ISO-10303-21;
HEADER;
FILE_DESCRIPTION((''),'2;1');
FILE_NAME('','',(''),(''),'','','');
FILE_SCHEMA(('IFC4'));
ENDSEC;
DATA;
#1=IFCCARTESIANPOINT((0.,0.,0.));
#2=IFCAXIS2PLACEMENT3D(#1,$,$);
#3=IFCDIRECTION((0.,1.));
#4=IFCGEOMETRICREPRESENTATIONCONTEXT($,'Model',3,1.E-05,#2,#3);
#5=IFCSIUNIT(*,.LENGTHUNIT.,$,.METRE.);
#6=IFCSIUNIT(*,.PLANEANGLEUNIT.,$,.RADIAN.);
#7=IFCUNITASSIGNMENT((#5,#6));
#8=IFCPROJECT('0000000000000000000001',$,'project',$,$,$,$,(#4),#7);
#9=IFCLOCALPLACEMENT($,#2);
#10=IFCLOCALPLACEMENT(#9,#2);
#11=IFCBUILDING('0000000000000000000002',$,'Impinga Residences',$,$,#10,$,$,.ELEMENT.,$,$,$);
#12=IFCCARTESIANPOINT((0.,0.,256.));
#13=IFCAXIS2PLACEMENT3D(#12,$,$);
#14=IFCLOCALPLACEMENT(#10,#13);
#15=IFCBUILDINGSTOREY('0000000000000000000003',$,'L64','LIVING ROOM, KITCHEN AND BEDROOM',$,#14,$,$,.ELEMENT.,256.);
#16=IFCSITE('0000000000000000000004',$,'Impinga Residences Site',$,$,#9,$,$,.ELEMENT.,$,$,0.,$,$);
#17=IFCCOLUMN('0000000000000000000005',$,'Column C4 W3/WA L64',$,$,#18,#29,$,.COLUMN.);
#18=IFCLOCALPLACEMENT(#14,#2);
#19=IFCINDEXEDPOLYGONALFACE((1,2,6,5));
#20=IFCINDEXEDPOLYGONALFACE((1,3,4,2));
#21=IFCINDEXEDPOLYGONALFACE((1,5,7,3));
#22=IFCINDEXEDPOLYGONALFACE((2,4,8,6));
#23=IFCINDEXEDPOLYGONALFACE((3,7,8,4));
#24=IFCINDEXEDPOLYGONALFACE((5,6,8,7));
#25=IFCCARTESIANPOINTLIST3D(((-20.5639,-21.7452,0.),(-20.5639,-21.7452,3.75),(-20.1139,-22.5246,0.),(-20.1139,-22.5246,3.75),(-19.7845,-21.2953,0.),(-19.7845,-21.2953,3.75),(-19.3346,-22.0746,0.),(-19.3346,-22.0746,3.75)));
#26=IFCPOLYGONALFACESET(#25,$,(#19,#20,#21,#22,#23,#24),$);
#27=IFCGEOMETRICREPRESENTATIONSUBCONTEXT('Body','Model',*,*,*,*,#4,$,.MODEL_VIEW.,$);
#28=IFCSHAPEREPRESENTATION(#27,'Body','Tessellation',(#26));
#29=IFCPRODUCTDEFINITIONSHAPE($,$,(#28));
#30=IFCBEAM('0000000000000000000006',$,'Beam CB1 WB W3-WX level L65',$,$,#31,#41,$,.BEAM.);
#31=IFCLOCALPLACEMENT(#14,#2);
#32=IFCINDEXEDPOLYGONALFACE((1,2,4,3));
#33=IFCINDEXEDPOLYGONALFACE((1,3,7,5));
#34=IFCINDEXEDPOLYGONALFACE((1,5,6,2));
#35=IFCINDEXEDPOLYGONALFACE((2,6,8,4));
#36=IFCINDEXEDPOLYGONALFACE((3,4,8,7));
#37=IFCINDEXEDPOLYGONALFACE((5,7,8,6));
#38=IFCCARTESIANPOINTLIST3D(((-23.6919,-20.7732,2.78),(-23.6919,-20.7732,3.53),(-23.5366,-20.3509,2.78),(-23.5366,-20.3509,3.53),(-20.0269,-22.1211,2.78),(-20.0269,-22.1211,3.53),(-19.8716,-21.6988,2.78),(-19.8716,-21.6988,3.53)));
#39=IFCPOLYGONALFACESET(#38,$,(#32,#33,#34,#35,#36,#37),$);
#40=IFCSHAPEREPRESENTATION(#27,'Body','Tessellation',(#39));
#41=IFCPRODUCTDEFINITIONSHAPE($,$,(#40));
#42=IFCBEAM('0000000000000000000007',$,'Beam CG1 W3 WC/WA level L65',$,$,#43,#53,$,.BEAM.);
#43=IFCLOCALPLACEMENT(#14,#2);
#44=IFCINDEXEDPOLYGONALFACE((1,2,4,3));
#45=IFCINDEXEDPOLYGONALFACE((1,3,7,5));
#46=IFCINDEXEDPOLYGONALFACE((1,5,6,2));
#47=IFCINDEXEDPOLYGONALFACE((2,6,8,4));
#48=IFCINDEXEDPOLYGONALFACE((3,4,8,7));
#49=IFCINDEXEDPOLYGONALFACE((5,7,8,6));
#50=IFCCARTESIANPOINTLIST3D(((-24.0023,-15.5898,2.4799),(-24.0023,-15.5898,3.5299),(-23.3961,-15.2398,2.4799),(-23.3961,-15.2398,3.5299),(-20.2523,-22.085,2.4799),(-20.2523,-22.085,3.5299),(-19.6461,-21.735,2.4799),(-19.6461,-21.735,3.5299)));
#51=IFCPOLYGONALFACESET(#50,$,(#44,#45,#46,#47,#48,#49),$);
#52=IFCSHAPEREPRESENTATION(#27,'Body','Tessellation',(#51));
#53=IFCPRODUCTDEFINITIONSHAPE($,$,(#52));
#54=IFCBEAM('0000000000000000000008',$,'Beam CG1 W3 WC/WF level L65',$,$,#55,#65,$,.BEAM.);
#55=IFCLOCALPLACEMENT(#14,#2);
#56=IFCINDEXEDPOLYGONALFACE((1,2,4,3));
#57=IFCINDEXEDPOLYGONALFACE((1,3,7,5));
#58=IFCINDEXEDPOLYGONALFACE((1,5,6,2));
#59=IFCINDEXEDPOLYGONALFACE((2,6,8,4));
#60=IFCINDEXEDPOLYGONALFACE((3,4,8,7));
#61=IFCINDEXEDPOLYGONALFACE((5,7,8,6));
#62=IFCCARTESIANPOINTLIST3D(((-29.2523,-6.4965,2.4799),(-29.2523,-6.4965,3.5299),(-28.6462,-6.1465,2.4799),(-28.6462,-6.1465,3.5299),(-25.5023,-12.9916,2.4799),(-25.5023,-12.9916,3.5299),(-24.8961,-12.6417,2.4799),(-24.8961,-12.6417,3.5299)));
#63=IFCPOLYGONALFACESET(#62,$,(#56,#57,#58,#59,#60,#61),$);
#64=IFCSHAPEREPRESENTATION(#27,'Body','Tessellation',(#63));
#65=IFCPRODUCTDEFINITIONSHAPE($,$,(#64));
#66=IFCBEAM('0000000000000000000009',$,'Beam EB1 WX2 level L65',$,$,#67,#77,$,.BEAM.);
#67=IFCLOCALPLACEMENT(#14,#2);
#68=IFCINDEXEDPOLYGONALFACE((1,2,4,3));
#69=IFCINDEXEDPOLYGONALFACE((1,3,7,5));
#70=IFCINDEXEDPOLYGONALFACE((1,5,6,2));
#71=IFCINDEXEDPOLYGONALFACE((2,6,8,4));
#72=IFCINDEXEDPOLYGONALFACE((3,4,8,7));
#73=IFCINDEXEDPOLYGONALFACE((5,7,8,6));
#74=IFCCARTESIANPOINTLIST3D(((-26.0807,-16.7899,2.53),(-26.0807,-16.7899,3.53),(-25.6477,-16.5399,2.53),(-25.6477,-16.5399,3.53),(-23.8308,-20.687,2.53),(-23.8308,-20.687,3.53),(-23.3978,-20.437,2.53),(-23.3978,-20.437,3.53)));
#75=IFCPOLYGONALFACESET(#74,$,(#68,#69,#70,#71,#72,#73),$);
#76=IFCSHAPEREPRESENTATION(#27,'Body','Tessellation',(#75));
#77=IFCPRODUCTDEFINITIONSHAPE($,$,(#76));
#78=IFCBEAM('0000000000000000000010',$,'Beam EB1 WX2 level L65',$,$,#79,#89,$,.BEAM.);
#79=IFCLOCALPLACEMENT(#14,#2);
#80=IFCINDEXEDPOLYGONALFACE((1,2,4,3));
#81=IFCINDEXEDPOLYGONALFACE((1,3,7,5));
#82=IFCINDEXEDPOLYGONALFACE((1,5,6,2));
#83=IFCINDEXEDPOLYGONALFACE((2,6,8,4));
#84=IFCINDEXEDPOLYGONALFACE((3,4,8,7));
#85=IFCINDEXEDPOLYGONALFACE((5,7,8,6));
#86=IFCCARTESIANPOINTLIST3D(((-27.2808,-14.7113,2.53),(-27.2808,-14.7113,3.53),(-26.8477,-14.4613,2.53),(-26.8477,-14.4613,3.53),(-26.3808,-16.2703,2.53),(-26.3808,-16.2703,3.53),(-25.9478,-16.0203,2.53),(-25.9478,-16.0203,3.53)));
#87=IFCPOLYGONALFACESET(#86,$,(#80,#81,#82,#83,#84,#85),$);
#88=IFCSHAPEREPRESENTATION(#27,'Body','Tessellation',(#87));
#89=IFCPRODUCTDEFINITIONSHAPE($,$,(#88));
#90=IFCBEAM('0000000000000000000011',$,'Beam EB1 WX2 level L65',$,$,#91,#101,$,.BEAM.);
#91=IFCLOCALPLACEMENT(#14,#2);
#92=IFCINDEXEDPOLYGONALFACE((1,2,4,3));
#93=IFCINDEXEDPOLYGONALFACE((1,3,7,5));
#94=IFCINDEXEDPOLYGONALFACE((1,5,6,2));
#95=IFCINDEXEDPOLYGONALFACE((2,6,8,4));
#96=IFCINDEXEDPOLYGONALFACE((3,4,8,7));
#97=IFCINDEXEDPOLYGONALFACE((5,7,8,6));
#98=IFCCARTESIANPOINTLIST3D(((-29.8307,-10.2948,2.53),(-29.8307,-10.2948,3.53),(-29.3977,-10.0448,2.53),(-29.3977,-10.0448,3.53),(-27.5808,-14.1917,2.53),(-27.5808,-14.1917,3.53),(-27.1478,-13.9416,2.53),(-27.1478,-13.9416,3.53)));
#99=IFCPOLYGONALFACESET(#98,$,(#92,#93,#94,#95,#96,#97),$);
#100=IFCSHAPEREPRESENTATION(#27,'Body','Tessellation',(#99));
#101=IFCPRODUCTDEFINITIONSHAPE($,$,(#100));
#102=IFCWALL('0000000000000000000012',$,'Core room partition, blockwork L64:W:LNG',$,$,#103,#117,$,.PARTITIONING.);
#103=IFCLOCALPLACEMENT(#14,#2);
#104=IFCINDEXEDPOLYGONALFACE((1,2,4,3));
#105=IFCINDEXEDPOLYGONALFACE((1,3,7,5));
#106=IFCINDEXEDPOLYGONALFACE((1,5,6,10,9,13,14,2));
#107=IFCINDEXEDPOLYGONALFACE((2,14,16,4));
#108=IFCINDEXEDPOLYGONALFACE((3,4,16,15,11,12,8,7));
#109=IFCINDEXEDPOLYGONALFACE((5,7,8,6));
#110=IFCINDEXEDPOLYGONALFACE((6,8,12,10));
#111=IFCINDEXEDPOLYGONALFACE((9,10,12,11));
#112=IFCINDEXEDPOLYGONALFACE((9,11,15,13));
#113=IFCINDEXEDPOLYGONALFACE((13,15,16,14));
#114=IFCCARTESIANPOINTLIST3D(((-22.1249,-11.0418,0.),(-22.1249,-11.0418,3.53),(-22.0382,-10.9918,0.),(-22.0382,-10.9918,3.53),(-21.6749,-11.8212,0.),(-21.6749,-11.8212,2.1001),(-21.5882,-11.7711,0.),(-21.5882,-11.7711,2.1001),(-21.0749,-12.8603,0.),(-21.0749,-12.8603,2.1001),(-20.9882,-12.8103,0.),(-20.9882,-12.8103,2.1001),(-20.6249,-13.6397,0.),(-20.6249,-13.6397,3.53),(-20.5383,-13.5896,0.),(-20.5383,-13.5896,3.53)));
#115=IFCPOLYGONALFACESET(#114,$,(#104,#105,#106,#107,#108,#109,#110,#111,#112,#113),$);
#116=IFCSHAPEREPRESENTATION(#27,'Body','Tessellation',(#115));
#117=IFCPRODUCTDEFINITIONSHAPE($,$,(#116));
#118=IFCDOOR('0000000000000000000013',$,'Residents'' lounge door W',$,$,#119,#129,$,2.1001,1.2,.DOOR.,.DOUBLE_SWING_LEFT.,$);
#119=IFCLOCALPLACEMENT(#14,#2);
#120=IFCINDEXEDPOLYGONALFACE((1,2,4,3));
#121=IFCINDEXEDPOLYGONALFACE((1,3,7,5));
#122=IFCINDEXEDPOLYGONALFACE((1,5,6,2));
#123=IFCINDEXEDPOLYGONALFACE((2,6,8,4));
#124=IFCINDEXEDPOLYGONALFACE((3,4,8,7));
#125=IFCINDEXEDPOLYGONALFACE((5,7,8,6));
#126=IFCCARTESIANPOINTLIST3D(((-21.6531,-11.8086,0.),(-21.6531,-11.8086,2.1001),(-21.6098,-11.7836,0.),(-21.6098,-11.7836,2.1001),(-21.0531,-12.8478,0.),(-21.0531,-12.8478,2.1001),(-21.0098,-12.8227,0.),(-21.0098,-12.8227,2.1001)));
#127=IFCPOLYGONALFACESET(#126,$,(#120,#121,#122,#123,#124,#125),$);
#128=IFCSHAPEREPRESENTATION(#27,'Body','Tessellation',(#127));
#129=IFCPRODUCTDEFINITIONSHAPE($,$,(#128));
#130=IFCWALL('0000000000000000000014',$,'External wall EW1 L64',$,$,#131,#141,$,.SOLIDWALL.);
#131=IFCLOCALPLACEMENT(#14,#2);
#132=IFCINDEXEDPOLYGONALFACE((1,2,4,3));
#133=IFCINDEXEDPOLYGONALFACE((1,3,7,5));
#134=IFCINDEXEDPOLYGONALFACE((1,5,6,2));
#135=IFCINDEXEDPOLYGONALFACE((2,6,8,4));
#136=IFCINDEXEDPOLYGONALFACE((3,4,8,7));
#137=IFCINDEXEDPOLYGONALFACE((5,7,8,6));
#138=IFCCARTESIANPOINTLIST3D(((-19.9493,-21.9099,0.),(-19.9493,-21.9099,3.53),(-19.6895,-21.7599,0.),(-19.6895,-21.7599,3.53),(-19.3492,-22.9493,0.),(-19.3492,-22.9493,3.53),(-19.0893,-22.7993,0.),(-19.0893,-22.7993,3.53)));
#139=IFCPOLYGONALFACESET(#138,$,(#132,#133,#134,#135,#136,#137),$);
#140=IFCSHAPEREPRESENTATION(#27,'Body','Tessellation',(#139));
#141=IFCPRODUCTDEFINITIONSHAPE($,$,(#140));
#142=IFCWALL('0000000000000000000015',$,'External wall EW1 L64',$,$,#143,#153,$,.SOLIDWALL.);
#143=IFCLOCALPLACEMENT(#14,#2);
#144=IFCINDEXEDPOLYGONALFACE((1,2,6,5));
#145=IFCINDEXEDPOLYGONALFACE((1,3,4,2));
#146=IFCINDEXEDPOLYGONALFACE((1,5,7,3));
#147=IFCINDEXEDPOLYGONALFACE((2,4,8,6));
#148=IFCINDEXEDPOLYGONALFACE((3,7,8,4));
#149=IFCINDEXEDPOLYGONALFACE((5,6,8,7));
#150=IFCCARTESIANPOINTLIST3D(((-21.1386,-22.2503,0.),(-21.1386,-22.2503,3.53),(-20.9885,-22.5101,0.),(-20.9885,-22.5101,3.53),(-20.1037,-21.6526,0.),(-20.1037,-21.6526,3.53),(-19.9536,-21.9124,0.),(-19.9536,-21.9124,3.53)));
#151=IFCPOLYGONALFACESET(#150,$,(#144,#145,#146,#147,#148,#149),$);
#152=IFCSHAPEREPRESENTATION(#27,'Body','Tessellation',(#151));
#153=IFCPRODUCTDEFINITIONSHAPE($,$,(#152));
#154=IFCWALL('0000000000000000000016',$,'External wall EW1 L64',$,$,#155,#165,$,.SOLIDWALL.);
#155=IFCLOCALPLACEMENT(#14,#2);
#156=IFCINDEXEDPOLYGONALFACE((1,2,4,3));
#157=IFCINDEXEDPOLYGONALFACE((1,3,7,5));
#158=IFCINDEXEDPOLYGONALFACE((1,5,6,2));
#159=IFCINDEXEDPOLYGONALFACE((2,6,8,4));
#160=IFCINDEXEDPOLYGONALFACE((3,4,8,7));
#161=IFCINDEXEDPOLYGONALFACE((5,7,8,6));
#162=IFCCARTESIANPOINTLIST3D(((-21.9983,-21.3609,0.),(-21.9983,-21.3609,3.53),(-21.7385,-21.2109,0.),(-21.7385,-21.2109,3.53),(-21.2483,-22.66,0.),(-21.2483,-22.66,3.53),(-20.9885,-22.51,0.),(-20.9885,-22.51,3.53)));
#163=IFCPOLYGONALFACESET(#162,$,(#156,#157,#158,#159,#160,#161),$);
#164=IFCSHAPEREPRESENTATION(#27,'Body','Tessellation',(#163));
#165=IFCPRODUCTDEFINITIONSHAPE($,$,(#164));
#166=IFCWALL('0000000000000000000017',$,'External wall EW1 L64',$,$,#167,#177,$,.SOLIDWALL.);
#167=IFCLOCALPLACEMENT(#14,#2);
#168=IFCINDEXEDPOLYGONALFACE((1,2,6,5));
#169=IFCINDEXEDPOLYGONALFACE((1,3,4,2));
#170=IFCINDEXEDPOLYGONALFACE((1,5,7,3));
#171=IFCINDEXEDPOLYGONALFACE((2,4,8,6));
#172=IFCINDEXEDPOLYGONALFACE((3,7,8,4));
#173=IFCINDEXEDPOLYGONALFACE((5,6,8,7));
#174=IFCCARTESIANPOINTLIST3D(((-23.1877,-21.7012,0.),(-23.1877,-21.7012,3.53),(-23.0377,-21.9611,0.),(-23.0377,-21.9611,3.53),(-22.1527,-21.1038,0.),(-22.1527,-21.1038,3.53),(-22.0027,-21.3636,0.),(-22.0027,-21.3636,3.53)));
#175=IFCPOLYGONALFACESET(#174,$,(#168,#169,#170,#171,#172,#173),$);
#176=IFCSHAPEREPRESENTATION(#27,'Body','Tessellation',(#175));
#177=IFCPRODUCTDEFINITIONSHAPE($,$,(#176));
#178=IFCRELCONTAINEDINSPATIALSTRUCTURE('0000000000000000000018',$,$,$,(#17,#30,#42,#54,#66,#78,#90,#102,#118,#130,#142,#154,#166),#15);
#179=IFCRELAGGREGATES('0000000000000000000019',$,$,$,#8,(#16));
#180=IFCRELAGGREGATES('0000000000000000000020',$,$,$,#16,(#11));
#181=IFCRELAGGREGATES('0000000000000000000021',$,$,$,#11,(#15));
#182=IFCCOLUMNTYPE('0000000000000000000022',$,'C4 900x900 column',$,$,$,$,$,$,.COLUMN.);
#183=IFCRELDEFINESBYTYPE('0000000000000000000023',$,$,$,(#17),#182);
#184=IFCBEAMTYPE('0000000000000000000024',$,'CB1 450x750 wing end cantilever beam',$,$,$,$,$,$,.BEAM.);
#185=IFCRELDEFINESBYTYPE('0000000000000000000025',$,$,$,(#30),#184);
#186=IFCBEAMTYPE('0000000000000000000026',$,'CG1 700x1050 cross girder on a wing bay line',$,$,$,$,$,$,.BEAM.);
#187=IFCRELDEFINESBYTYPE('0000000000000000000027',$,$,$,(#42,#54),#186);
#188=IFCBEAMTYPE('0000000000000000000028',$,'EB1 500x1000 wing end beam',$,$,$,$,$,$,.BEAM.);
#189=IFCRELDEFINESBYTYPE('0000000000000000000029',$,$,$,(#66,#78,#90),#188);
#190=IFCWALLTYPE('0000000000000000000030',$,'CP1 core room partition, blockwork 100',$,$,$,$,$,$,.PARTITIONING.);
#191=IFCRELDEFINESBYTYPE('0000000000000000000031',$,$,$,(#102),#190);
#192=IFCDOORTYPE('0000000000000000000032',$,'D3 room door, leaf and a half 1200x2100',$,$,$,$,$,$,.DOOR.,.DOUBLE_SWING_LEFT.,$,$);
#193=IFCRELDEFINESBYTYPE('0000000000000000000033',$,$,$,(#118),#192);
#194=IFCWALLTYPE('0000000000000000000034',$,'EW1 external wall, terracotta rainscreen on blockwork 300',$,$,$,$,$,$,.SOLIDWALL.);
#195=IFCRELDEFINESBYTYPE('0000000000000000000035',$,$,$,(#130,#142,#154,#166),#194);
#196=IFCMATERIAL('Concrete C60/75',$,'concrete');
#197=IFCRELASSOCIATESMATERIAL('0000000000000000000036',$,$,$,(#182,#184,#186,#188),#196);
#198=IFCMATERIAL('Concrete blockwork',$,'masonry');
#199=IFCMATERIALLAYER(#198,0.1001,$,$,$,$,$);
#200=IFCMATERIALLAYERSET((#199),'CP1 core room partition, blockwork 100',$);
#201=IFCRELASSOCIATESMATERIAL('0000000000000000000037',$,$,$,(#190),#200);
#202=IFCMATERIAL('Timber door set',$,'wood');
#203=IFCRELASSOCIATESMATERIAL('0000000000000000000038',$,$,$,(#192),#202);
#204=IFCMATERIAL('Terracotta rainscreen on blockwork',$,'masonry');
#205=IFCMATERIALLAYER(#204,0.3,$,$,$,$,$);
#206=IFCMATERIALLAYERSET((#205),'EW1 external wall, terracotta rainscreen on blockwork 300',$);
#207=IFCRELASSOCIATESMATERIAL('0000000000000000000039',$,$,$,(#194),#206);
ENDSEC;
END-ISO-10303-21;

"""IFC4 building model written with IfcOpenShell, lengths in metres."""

from ifc_helpers import new_model, si_unit, direction, frame, frame_2d, origin, origin_2d, place, context, subcontext, project, spatial, rectangle, extrude, material, layer, layer_set, material_profile, profile_set, type_object, element, fill, save


model = new_model("IFC4")

# Units and contexts
model_context = context("Model", 3, precision=1e-05, world=origin(), true_north=direction((0.0, 1.0)))
body_context = subcontext(model_context, "Body", "Model", "MODEL_VIEW")
ifc_project = project(units=[si_unit("LENGTHUNIT", "METRE"), si_unit("PLANEANGLEUNIT", "RADIAN")], contexts=[model_context])

# Site, building, storey
site_placement = place(None, origin())
site = spatial("IfcSite", under=ifc_project, at=site_placement, Name="Impinga Residences Site", CompositionType="ELEMENT", RefElevation=0.0)
building_placement = place(site_placement, origin())
building = spatial("IfcBuilding", under=site, at=building_placement, Name="Impinga Residences", CompositionType="ELEMENT")
storey_placement = place(building_placement, frame((0.0, 0.0, 256.0)))
storey = spatial("IfcBuildingStorey", under=building, at=storey_placement, Name="L64", Description="LIVING ROOM, KITCHEN AND BEDROOM", CompositionType="ELEMENT", Elevation=256.0)

# Column
ifc_material_1 = material(Name="Concrete C60/75", Category="concrete")
ifc_material_profile_1 = material_profile(ifc_material_1, rectangle(XDim=0.8999, YDim=0.8999, at=origin_2d()), Name="RC 900x900")
ifc_profile_set_1 = profile_set([ifc_material_profile_1], Name="Concrete C60/75")
column_type = type_object("IfcColumnType", Name="C4 900x900 column", PredefinedType="COLUMN", material=ifc_profile_set_1)
column_placement = place(storey_placement, frame((-19.9492, -21.9099, 0.0), z_axis=(0.0, 0.0, 1.0), x_axis=(-0.5, 0.866025, 0.0)))
element("IfcColumn", 1, at=column_placement, inside=storey, type_object=column_type, Name="Column C4 W3/WA L64", PredefinedType="COLUMN", context=body_context, shape_type="SweptSolid", body=[
    extrude(rectangle(XDim=0.8999, YDim=0.8999, at=origin_2d()), origin(), (0.0, 0.0, 1.0), 3.75),
])

# Beams
ifc_material_profile_2 = material_profile(ifc_material_1, rectangle(XDim=0.45, YDim=0.75, at=origin_2d()), Name="RC 450x750")
ifc_profile_set_2 = profile_set([ifc_material_profile_2], Name="Concrete C60/75")
beam_type_1 = type_object("IfcBeamType", Name="CB1 450x750 wing end cantilever beam", PredefinedType="BEAM", material=ifc_profile_set_2)
beam_1_placement = place(storey_placement, frame((-19.9492, -21.9099, 3.155), z_axis=(-0.93854, 0.345169, 0.0), x_axis=(-0.345169, -0.93854, 0.0)))
element("IfcBeam", 2, at=beam_1_placement, inside=storey, type_object=beam_type_1, Name="Beam CB1 WB W3-WX level L65", PredefinedType="BEAM", context=body_context, shape_type="SweptSolid", body=[
    extrude(rectangle(XDim=0.45, YDim=0.75, at=origin_2d()), origin(), (0.0, 0.0, 1.0), 3.905),
])
ifc_material_profile_3 = material_profile(ifc_material_1, rectangle(XDim=0.7, YDim=1.05, at=origin_2d()), Name="RC 700x1050")
ifc_profile_set_3 = profile_set([ifc_material_profile_3], Name="Concrete C60/75")
beam_type_2 = type_object("IfcBeamType", Name="CG1 700x1050 cross girder on a wing bay line", PredefinedType="BEAM", material=ifc_profile_set_3)
for number, where, z_axis, x_axis, name in (
    (3, (-23.6992, -15.4148, 3.0049), (0.500004, -0.866023, 0.0), (0.866023, 0.500004, 0.0), "Beam CG1 W3 WC/WA level L65"),
    (4, (-25.1992, -12.8167, 3.0049), (-0.500004, 0.866023, 0.0), (-0.866023, -0.500004, 0.0), "Beam CG1 W3 WC/WF level L65"),
):
    element("IfcBeam", number, at=place(storey_placement, frame(where, z_axis=z_axis, x_axis=x_axis)), inside=storey, type_object=beam_type_2, Name=name, PredefinedType="BEAM", context=body_context, shape_type="SweptSolid", body=[
        extrude(rectangle(XDim=0.7, YDim=1.05, at=origin_2d()), origin(), (0.0, 0.0, 1.0), 7.5),
    ])
ifc_material_profile_4 = material_profile(ifc_material_1, rectangle(XDim=0.5, YDim=1.0, at=origin_2d()), Name="RC 500x1000")
ifc_profile_set_4 = profile_set([ifc_material_profile_4], Name="Concrete C60/75")
beam_type_3 = type_object("IfcBeamType", Name="EB1 500x1000 wing end beam", PredefinedType="BEAM", material=ifc_profile_set_4)
beam_2_placement = place(storey_placement, frame((-23.6143, -20.562, 3.03), z_axis=(-0.49999, 0.866031, 0.0), x_axis=(-0.866031, -0.49999, 0.0)))
element("IfcBeam", 5, at=beam_2_placement, inside=storey, type_object=beam_type_3, Name="Beam EB1 WX2 level L65", PredefinedType="BEAM", context=body_context, shape_type="SweptSolid", body=[
    extrude(rectangle(XDim=0.5, YDim=1.0, at=origin_2d()), origin(), (0.0, 0.0, 1.0), 4.5),
])
beam_3_placement = place(storey_placement, frame((-26.1643, -16.1453, 3.03), z_axis=(-0.499961, 0.866048, 0.0), x_axis=(-0.866048, -0.499961, 0.0)))
element("IfcBeam", 6, at=beam_3_placement, inside=storey, type_object=beam_type_3, Name="Beam EB1 WX2 level L65", PredefinedType="BEAM", context=body_context, shape_type="SweptSolid", body=[
    extrude(rectangle(XDim=0.5, YDim=1.0, at=origin_2d()), origin(), (0.0, 0.0, 1.0), 1.8),
])
beam_4_placement = place(storey_placement, frame((-27.3643, -14.0667, 3.03), z_axis=(-0.500014, 0.866018, 0.0), x_axis=(-0.866018, -0.500014, 0.0)))
element("IfcBeam", 7, at=beam_4_placement, inside=storey, type_object=beam_type_3, Name="Beam EB1 WX2 level L65", PredefinedType="BEAM", context=body_context, shape_type="SweptSolid", body=[
    extrude(rectangle(XDim=0.5, YDim=1.0, at=origin_2d()), origin(), (0.0, 0.0, 1.0), 4.4998),
])

# Wall, opening, door
ifc_material_2 = material(Name="Concrete blockwork", Category="masonry")
ifc_layer_1 = layer(ifc_material_2, 0.1001)
ifc_layer_set_1 = layer_set([ifc_layer_1], Name="CP1 core room partition, blockwork 100")
wall_type_1 = type_object("IfcWallType", Name="CP1 core room partition, blockwork 100", PredefinedType="PARTITIONING", material=ifc_layer_set_1)
wall_1_placement = place(storey_placement, frame((-20.5815, -13.6147, 0.0), z_axis=(0.0, 0.0, 1.0), x_axis=(-0.500025, 0.866011, 0.0)))
wall_1 = element("IfcWall", 8, at=wall_1_placement, inside=storey, type_object=wall_type_1, Name="Core room partition, blockwork L64:W:LNG", PredefinedType="PARTITIONING", context=body_context, shape_type="SweptSolid", body=[
    extrude(rectangle(XDim=2.9998, YDim=0.1001, at=frame_2d((1.5, 0.0))), origin(), (0.0, 0.0, 1.0), 3.53),
])
opening_1_placement = place(wall_1_placement, frame((0.8999, 0.0, 0.0)))
opening_1 = element("IfcOpeningElement", 9, at=opening_1_placement, cuts=wall_1, PredefinedType="OPENING", context=body_context, shape_type="SweptSolid", body=[
    extrude(rectangle(XDim=1.2, YDim=2.1001, at=frame_2d((0.6001, 1.05))), frame((0.0, 0.0601, 0.0), z_axis=(0.0, -1.0, 0.0), x_axis=(1.0, 0.0, 0.0)), (0.0, 0.0, 1.0), 0.1201),
])
ifc_material_3 = material(Name="Timber door set", Category="wood")
door_type = type_object("IfcDoorType", Name="D3 room door, leaf and a half 1200x2100", OperationType="DOUBLE_SWING_LEFT", PredefinedType="DOOR", material=ifc_material_3)
door_placement = place(opening_1_placement, origin())
door = element("IfcDoor", 10, at=door_placement, inside=storey, type_object=door_type, Name="Residents' lounge door W", OperationType="DOUBLE_SWING_LEFT", OverallHeight=2.1001, OverallWidth=1.2, PredefinedType="DOOR", context=body_context, shape_type="SweptSolid", body=[
    extrude(rectangle(XDim=1.2, YDim=2.1001, at=frame_2d((0.6001, 1.05))), frame((0.0, 0.0249, 0.0), z_axis=(0.0, -1.0, 0.0), x_axis=(1.0, 0.0, 0.0)), (0.0, 0.0, 1.0), 0.05),
])
fill(opening_1, door)

# Walls
ifc_material_4 = material(Name="Terracotta rainscreen on blockwork", Category="masonry")
ifc_layer_2 = layer(ifc_material_4, 0.3)
ifc_layer_set_2 = layer_set([ifc_layer_2], Name="EW1 external wall, terracotta rainscreen on blockwork 300")
wall_type_2 = type_object("IfcWallType", Name="EW1 external wall, terracotta rainscreen on blockwork 300", PredefinedType="SOLIDWALL", material=ifc_layer_set_2)
wall_2_placement = place(storey_placement, frame((-19.2192, -22.8743, 0.0), z_axis=(0.0, 0.0, 1.0), x_axis=(-0.500034, 0.866006, 0.0)))
element("IfcWall", 11, at=wall_2_placement, inside=storey, type_object=wall_type_2, Name="External wall EW1 L64", PredefinedType="SOLIDWALL", context=body_context, shape_type="SweptSolid", body=[
    extrude(rectangle(XDim=1.2002, YDim=0.3, at=frame_2d((0.6001, 0.0))), origin(), (0.0, 0.0, 1.0), 3.53),
])
wall_3_placement = place(storey_placement, frame((-20.0286, -21.7825, 0.0), z_axis=(0.0, 0.0, 1.0), x_axis=(-0.865971, -0.500094, 0.0)))
element("IfcWall", 12, at=wall_3_placement, inside=storey, type_object=wall_type_2, Name="External wall EW1 L64", PredefinedType="SOLIDWALL", context=body_context, shape_type="SweptSolid", body=[
    extrude(rectangle(XDim=1.1951, YDim=0.3, at=frame_2d((0.5977, 0.0))), origin(), (0.0, 0.0, 1.0), 3.53),
])
wall_4_placement = place(storey_placement, frame((-21.1184, -22.585, 0.0), z_axis=(0.0, 0.0, 1.0), x_axis=(-0.49999, 0.866031, 0.0)))
element("IfcWall", 13, at=wall_4_placement, inside=storey, type_object=wall_type_2, Name="External wall EW1 L64", PredefinedType="SOLIDWALL", context=body_context, shape_type="SweptSolid", body=[
    extrude(rectangle(XDim=1.5, YDim=0.3, at=frame_2d((0.75, 0.0))), origin(), (0.0, 0.0, 1.0), 3.53),
])
wall_5_placement = place(storey_placement, frame((-22.0776, -21.2336, 0.0), z_axis=(0.0, 0.0, 1.0), x_axis=(-0.86606, -0.499941, 0.0)))
element("IfcWall", 14, at=wall_5_placement, inside=storey, type_object=wall_type_2, Name="External wall EW1 L64", PredefinedType="SOLIDWALL", context=body_context, shape_type="SweptSolid", body=[
    extrude(rectangle(XDim=1.1951, YDim=0.3, at=frame_2d((0.5977, 0.0))), origin(), (0.0, 0.0, 1.0), 3.53),
])

save(model, "model.ifc")
